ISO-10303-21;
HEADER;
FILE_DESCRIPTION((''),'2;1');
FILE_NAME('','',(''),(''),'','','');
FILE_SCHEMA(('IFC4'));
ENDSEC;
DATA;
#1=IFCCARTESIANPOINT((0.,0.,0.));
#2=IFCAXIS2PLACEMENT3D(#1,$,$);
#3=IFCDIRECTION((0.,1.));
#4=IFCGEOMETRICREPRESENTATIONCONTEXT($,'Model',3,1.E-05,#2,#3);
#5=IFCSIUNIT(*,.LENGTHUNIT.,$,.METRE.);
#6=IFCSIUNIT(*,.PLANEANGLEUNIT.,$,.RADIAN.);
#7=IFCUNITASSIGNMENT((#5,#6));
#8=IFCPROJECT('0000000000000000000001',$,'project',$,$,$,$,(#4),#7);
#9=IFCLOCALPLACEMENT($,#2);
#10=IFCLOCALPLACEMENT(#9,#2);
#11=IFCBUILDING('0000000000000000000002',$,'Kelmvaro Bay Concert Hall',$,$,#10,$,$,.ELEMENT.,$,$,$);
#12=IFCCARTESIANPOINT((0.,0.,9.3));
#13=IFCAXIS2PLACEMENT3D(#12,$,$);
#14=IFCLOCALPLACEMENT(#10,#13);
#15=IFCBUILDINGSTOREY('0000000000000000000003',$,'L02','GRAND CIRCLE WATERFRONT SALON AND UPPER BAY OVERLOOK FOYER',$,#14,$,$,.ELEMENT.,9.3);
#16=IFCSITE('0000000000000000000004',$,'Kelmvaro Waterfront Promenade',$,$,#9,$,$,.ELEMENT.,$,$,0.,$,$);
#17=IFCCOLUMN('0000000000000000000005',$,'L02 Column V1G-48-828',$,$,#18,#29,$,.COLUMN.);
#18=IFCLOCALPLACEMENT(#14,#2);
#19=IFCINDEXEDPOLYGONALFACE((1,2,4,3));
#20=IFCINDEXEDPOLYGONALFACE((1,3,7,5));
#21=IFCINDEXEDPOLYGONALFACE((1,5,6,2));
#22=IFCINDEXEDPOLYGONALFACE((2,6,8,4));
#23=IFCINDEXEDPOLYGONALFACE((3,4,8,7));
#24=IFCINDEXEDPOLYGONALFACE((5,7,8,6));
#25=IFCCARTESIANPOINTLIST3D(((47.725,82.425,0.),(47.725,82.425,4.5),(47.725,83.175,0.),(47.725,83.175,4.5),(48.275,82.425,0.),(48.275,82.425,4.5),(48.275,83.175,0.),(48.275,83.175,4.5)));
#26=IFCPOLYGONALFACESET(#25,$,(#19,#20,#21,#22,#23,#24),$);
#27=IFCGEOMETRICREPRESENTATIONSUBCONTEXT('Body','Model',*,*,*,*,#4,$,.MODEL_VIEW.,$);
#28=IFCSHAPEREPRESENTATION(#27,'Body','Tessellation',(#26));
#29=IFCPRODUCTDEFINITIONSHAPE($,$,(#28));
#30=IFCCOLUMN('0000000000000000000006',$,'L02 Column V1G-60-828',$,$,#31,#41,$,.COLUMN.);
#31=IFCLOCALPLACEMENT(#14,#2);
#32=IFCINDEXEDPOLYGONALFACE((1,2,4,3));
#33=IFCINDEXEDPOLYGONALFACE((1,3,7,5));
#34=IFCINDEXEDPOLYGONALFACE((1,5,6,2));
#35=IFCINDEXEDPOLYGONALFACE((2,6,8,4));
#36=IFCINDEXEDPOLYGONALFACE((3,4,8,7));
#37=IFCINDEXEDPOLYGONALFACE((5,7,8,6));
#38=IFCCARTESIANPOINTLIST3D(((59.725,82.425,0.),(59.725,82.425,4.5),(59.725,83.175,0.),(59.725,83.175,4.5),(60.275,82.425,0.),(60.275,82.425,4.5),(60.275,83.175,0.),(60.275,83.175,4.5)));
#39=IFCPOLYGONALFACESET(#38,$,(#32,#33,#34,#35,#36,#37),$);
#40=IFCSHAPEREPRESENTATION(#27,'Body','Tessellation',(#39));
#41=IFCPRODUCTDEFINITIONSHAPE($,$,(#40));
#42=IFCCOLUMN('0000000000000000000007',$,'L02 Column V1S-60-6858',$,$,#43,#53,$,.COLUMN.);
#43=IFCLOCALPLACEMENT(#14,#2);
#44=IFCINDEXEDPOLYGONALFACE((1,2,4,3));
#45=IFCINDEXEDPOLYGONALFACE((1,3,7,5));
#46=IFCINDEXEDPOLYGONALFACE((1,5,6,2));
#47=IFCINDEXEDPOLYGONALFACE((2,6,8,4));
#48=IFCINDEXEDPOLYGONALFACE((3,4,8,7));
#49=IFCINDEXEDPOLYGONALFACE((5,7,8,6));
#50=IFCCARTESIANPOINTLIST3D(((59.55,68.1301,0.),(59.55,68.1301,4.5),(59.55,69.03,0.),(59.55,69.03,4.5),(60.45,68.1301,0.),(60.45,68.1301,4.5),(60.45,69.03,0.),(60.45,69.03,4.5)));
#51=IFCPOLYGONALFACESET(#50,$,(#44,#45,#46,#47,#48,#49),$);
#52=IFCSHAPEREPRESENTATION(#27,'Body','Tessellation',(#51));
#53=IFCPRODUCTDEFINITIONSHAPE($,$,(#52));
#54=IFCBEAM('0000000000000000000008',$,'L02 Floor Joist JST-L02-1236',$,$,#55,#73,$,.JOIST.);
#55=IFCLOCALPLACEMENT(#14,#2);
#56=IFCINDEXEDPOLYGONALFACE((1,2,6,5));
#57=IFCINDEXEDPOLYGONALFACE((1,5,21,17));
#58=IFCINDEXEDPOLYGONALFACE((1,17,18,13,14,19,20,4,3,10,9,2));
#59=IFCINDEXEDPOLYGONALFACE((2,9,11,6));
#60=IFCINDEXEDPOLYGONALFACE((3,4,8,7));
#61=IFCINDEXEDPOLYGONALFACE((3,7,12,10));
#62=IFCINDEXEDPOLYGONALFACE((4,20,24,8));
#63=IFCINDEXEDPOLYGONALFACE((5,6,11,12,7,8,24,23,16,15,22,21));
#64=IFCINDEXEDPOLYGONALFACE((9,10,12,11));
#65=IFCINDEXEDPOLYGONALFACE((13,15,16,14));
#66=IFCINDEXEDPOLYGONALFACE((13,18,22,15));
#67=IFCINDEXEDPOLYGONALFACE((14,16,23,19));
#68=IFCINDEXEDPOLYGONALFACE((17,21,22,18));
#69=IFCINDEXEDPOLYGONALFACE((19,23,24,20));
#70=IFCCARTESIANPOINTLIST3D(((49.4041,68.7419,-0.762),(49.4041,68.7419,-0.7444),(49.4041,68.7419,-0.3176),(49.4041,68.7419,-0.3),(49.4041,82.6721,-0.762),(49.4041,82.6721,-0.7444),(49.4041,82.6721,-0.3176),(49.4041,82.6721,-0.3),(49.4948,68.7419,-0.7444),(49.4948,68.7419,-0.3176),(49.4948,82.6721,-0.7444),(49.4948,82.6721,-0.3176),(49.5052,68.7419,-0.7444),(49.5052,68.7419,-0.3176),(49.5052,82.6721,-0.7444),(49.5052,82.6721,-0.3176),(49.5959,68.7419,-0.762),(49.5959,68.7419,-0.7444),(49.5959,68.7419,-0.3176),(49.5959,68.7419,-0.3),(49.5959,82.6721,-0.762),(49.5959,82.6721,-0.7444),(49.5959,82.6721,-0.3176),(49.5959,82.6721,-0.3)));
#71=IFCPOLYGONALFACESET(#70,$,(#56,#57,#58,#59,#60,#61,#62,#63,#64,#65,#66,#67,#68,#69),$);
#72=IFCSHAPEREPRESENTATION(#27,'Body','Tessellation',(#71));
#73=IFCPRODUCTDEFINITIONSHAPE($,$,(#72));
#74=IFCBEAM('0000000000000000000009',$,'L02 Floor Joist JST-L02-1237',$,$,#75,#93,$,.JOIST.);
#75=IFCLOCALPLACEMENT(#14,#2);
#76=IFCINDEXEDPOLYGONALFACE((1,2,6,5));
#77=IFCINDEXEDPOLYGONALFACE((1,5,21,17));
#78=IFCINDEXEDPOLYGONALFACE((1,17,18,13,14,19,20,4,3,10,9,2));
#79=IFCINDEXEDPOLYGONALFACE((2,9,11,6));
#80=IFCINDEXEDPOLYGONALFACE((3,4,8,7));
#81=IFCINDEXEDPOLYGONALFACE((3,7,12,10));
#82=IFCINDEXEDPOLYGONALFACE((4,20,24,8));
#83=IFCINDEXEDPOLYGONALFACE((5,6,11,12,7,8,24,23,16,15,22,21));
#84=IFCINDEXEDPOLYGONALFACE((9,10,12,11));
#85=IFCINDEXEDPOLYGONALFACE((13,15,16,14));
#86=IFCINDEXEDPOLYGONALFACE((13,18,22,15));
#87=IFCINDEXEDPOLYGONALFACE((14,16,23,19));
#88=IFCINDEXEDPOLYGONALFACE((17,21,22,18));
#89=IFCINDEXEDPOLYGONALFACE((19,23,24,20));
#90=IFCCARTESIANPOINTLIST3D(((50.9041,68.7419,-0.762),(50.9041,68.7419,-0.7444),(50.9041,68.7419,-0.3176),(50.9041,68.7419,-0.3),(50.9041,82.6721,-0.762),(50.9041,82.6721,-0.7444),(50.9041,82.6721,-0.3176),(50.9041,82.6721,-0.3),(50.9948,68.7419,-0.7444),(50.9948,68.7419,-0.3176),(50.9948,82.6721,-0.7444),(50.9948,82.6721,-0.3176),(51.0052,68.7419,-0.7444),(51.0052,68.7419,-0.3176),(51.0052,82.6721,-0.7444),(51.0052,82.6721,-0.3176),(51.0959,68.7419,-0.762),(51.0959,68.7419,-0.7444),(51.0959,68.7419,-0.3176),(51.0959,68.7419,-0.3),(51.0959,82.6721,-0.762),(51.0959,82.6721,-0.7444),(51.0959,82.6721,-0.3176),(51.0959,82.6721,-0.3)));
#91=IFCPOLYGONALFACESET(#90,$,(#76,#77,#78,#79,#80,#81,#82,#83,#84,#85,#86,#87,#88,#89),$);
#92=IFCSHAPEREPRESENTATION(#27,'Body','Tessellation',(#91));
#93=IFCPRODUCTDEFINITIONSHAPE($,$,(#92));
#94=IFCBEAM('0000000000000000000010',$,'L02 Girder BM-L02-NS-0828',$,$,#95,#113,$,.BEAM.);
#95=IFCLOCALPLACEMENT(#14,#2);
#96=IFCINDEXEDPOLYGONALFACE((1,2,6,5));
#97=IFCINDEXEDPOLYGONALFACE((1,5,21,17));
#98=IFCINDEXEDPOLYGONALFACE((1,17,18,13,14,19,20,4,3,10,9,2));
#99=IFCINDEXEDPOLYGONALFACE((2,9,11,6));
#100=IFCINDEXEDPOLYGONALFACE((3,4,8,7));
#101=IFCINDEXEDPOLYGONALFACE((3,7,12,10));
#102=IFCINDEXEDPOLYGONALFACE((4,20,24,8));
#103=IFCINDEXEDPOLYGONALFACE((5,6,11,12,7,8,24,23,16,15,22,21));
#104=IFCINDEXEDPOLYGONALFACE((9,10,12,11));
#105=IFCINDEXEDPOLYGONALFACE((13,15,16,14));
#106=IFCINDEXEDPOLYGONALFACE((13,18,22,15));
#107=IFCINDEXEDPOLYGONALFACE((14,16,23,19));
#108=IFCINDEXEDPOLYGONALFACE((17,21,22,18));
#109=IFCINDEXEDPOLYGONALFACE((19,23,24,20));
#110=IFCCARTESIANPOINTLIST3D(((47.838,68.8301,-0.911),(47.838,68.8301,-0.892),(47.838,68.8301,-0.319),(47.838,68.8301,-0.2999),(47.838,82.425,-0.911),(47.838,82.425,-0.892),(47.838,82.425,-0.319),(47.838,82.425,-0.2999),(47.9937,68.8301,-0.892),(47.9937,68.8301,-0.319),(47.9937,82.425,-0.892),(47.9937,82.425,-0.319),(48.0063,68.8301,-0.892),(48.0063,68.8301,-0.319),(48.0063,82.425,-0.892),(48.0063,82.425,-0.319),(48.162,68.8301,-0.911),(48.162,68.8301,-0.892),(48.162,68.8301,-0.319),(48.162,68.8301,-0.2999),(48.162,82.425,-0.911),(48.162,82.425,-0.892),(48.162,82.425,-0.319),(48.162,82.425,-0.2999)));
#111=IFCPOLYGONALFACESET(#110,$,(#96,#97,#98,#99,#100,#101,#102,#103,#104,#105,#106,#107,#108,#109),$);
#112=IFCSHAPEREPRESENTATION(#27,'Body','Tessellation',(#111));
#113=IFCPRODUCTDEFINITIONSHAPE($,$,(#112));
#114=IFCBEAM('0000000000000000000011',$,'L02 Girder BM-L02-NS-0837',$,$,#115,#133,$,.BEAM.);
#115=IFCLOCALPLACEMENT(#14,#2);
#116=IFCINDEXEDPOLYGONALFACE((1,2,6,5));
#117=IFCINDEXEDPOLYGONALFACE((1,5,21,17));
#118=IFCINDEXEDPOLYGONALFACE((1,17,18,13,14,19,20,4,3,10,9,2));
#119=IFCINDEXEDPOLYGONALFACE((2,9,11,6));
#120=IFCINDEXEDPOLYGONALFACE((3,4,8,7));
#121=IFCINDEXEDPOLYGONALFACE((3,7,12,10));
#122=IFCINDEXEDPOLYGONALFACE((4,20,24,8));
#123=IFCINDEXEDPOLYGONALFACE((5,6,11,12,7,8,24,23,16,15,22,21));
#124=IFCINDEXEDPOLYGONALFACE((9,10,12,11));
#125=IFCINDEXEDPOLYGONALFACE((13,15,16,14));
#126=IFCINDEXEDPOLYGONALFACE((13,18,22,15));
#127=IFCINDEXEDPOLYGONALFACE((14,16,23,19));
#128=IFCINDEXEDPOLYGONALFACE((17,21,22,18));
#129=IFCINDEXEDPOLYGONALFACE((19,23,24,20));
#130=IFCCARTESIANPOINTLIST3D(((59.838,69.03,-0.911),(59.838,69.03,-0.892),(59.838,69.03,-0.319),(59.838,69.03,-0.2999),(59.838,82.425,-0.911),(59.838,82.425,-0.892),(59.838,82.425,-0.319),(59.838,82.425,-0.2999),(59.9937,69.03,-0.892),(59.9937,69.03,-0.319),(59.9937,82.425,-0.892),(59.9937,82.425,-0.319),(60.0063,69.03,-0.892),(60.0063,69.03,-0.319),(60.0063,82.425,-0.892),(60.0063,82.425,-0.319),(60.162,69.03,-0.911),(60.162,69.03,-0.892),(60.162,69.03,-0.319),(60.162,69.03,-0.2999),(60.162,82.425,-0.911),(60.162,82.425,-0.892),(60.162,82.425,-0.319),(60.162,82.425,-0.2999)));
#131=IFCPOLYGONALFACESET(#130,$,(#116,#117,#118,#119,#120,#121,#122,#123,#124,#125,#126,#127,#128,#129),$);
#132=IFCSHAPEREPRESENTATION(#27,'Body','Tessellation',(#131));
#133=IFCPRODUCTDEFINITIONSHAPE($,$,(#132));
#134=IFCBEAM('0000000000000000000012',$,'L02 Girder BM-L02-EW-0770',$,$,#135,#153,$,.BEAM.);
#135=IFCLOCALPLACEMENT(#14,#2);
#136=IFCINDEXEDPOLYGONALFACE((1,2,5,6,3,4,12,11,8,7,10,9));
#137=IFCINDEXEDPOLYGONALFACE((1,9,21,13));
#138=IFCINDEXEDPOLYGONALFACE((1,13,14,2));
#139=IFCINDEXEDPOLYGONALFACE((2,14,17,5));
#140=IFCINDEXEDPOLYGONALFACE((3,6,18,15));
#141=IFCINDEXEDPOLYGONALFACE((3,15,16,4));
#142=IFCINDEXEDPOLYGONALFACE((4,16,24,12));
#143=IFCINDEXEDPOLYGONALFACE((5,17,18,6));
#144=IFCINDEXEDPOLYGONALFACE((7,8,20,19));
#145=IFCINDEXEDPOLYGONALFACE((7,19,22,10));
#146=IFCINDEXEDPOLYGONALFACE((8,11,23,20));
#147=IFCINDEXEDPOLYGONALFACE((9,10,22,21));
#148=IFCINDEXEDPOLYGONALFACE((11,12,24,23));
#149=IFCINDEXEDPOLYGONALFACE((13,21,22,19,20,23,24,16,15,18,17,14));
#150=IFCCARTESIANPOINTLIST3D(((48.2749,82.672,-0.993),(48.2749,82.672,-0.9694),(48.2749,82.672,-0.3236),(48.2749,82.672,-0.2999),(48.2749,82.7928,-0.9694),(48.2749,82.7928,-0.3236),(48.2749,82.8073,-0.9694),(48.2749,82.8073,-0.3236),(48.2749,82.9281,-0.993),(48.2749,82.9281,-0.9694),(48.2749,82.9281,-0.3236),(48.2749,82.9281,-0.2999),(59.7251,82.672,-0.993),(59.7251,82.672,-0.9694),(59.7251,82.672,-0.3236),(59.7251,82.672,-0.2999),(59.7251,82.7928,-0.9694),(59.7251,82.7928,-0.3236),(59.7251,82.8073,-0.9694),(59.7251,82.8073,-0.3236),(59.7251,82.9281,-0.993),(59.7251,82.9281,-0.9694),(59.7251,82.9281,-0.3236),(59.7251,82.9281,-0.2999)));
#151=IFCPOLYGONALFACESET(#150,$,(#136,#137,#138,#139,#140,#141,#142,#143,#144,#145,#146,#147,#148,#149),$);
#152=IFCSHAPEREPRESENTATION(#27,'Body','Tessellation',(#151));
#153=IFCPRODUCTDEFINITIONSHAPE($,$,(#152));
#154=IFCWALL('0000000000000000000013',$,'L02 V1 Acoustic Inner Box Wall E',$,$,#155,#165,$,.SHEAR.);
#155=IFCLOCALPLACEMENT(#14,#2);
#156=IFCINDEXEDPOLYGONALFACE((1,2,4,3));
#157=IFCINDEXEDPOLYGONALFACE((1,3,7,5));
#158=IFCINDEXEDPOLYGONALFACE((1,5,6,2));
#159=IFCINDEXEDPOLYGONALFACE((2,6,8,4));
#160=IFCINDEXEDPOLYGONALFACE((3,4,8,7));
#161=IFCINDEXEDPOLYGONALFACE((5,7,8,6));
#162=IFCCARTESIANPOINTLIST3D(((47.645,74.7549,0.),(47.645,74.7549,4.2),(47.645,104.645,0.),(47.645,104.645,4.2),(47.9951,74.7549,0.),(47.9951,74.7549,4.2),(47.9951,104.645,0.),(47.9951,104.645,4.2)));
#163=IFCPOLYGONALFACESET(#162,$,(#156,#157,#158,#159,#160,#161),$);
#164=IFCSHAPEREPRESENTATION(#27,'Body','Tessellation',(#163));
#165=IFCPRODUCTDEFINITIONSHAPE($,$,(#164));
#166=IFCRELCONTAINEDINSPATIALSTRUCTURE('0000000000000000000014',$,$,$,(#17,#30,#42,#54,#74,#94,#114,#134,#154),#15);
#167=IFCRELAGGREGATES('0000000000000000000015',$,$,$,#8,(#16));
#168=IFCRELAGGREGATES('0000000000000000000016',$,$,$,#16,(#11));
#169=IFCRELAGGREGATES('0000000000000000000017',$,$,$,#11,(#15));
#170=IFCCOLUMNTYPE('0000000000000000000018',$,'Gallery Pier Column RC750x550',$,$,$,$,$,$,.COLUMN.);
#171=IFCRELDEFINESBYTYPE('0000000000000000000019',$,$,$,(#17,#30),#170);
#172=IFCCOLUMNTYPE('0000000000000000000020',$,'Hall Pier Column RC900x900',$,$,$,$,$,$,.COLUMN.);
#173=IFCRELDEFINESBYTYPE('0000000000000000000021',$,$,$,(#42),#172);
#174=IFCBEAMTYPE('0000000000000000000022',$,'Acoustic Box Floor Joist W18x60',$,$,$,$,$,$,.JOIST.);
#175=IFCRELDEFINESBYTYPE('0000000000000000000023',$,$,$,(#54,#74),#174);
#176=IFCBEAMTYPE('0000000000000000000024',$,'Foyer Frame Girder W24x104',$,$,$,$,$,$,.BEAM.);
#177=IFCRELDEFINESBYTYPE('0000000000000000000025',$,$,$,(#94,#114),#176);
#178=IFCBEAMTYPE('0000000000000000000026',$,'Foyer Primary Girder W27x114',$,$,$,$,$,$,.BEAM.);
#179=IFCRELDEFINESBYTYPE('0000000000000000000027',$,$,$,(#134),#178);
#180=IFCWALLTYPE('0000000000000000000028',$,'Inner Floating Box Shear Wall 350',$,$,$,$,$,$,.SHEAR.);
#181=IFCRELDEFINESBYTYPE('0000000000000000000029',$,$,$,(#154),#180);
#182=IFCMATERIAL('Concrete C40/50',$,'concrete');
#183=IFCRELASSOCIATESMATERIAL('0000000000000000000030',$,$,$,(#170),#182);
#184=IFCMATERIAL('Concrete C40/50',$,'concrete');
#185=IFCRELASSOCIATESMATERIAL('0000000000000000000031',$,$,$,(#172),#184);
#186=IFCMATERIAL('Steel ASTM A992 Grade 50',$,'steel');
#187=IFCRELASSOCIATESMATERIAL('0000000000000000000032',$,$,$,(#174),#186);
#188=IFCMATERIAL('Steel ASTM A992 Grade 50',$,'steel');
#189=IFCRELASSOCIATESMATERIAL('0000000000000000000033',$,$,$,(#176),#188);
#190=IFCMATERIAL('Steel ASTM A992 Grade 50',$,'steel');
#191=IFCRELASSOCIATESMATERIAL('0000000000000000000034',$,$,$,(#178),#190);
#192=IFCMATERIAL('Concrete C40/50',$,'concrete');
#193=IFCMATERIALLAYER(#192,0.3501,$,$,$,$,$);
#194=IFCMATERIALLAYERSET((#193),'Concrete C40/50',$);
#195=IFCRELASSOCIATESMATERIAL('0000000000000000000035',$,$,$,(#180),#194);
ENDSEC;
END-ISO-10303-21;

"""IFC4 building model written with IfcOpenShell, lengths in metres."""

from ifc_helpers import new_model, si_unit, direction, frame, frame_2d, origin, origin_2d, place, context, subcontext, project, spatial, rectangle, i_section, extrude, material, layer, layer_set, material_profile, profile_set, type_object, element, save


model = new_model("IFC4")

# Units and contexts
model_context = context("Model", 3, precision=1e-05, world=origin(), true_north=direction((0.0, 1.0)))
body_context = subcontext(model_context, "Body", "Model", "MODEL_VIEW")
ifc_project = project(units=[si_unit("LENGTHUNIT", "METRE"), si_unit("PLANEANGLEUNIT", "RADIAN")], contexts=[model_context])

# Site, building, storey
site_placement = place(None, origin())
site = spatial("IfcSite", under=ifc_project, at=site_placement, Name="Kelmvaro Waterfront Promenade", CompositionType="ELEMENT", RefElevation=0.0)
building_placement = place(site_placement, origin())
building = spatial("IfcBuilding", under=site, at=building_placement, Name="Kelmvaro Bay Concert Hall", CompositionType="ELEMENT")
storey_placement = place(building_placement, frame((0.0, 0.0, 9.3)))
storey = spatial("IfcBuildingStorey", under=building, at=storey_placement, Name="L02", Description="GRAND CIRCLE WATERFRONT SALON AND UPPER BAY OVERLOOK FOYER", CompositionType="ELEMENT", Elevation=9.3)

# Columns
ifc_material_1 = material(Name="Concrete C40/50", Category="concrete")
ifc_material_profile_1 = material_profile(ifc_material_1, rectangle(XDim=0.55, YDim=0.75, at=origin_2d()), Name="RC-COL-750X550")
ifc_profile_set_1 = profile_set([ifc_material_profile_1], Name="Concrete C40/50")
column_type_1 = type_object("IfcColumnType", Name="Gallery Pier Column RC750x550", PredefinedType="COLUMN", material=ifc_profile_set_1)
for number, where, z_axis, x_axis, name in (
    (1, (48.0, 82.8, 0.0), (0.0, 0.0, 1.0), (1.0, 0.0, 0.0), "L02 Column V1G-48-828"),
    (2, (60.0, 82.8, 0.0), (0.0, 0.0, 1.0), (1.0, 0.0, 0.0), "L02 Column V1G-60-828"),
):
    element("IfcColumn", number, at=place(storey_placement, frame(where, z_axis=z_axis, x_axis=x_axis)), inside=storey, type_object=column_type_1, Name=name, PredefinedType="COLUMN", context=body_context, shape_type="SweptSolid", body=[
        extrude(rectangle(XDim=0.55, YDim=0.75, at=origin_2d()), origin(), (0.0, 0.0, 1.0), 4.5),
    ])
ifc_material_2 = material(Name="Concrete C40/50", Category="concrete")
ifc_material_profile_2 = material_profile(ifc_material_2, rectangle(XDim=0.8999, YDim=0.8999, at=origin_2d()), Name="RC-COL-900X900")
ifc_profile_set_2 = profile_set([ifc_material_profile_2], Name="Concrete C40/50")
column_type_2 = type_object("IfcColumnType", Name="Hall Pier Column RC900x900", PredefinedType="COLUMN", material=ifc_profile_set_2)
column_placement = place(storey_placement, frame((60.0, 68.5801, 0.0), z_axis=(0.0, 0.0, 1.0), x_axis=(1.0, 0.0, 0.0)))
element("IfcColumn", 3, at=column_placement, inside=storey, type_object=column_type_2, Name="L02 Column V1S-60-6858", PredefinedType="COLUMN", context=body_context, shape_type="SweptSolid", body=[
    extrude(rectangle(XDim=0.8999, YDim=0.8999, at=origin_2d()), origin(), (0.0, 0.0, 1.0), 4.5),
])

# Beams
ifc_material_3 = material(Name="Steel ASTM A992 Grade 50", Category="steel")
ifc_material_profile_3 = material_profile(ifc_material_3, i_section(OverallWidth=0.1919, OverallDepth=0.4619, WebThickness=0.0105, FlangeThickness=0.0176, at=origin_2d()), Name="W18X60")
ifc_profile_set_3 = profile_set([ifc_material_profile_3], Name="Steel ASTM A992 Grade 50")
beam_type_1 = type_object("IfcBeamType", Name="Acoustic Box Floor Joist W18x60", PredefinedType="JOIST", material=ifc_profile_set_3)
for number, where, z_axis, x_axis, name in (
    (4, (49.5, 68.7419, -0.531), (0.0, 1.0, 0.0), (-1.0, 0.0, 0.0), "L02 Floor Joist JST-L02-1236"),
    (5, (51.0, 68.7419, -0.531), (0.0, 1.0, 0.0), (-1.0, 0.0, 0.0), "L02 Floor Joist JST-L02-1237"),
):
    element("IfcBeam", number, at=place(storey_placement, frame(where, z_axis=z_axis, x_axis=x_axis)), inside=storey, type_object=beam_type_1, Name=name, PredefinedType="JOIST", context=body_context, shape_type="SweptSolid", body=[
        extrude(i_section(OverallWidth=0.1919, OverallDepth=0.4619, WebThickness=0.0105, FlangeThickness=0.0176, at=origin_2d()), origin(), (0.0, 0.0, 1.0), 13.9302),
    ])
ifc_material_4 = material(Name="Steel ASTM A992 Grade 50", Category="steel")
ifc_material_profile_4 = material_profile(ifc_material_4, i_section(OverallWidth=0.324, OverallDepth=0.6111, WebThickness=0.0127, FlangeThickness=0.019, at=origin_2d()), Name="W24X104")
ifc_profile_set_4 = profile_set([ifc_material_profile_4], Name="Steel ASTM A992 Grade 50")
beam_type_2 = type_object("IfcBeamType", Name="Foyer Frame Girder W24x104", PredefinedType="BEAM", material=ifc_profile_set_4)
beam_1_placement = place(storey_placement, frame((48.0, 68.8301, -0.6055), z_axis=(0.0, 1.0, 0.0), x_axis=(-1.0, 0.0, 0.0)))
element("IfcBeam", 6, at=beam_1_placement, inside=storey, type_object=beam_type_2, Name="L02 Girder BM-L02-NS-0828", PredefinedType="BEAM", context=body_context, shape_type="SweptSolid", body=[
    extrude(i_section(OverallWidth=0.324, OverallDepth=0.6111, WebThickness=0.0127, FlangeThickness=0.019, at=origin_2d()), origin(), (0.0, 0.0, 1.0), 13.595),
])
beam_2_placement = place(storey_placement, frame((60.0, 69.03, -0.6055), z_axis=(0.0, 1.0, 0.0), x_axis=(-1.0, 0.0, 0.0)))
element("IfcBeam", 7, at=beam_2_placement, inside=storey, type_object=beam_type_2, Name="L02 Girder BM-L02-NS-0837", PredefinedType="BEAM", context=body_context, shape_type="SweptSolid", body=[
    extrude(i_section(OverallWidth=0.324, OverallDepth=0.6111, WebThickness=0.0127, FlangeThickness=0.019, at=origin_2d()), origin(), (0.0, 0.0, 1.0), 13.395),
])
ifc_material_5 = material(Name="Steel ASTM A992 Grade 50", Category="steel")
ifc_material_profile_5 = material_profile(ifc_material_5, i_section(OverallWidth=0.2561, OverallDepth=0.6931, WebThickness=0.0144, FlangeThickness=0.0237, at=origin_2d()), Name="W27X114")
ifc_profile_set_5 = profile_set([ifc_material_profile_5], Name="Steel ASTM A992 Grade 50")
beam_type_3 = type_object("IfcBeamType", Name="Foyer Primary Girder W27x114", PredefinedType="BEAM", material=ifc_profile_set_5)
beam_3_placement = place(storey_placement, frame((48.2749, 82.8, -0.6465), z_axis=(1.0, 0.0, 0.0), x_axis=(0.0, 1.0, 0.0)))
element("IfcBeam", 8, at=beam_3_placement, inside=storey, type_object=beam_type_3, Name="L02 Girder BM-L02-EW-0770", PredefinedType="BEAM", context=body_context, shape_type="SweptSolid", body=[
    extrude(i_section(OverallWidth=0.2561, OverallDepth=0.6931, WebThickness=0.0144, FlangeThickness=0.0237, at=origin_2d()), origin(), (0.0, 0.0, 1.0), 11.4502),
])

# Wall
ifc_material_6 = material(Name="Concrete C40/50", Category="concrete")
ifc_layer_1 = layer(ifc_material_6, 0.3501)
ifc_layer_set_1 = layer_set([ifc_layer_1], Name="Concrete C40/50")
wall_type_1 = type_object("IfcWallType", Name="Inner Floating Box Shear Wall 350", PredefinedType="SHEAR", material=ifc_layer_set_1)
wall_1_placement = place(storey_placement, frame((47.8201, 74.7549, 0.0), z_axis=(0.0, 0.0, 1.0), x_axis=(0.0, 1.0, 0.0)))
element("IfcWall", 9, at=wall_1_placement, inside=storey, type_object=wall_type_1, Name="L02 V1 Acoustic Inner Box Wall E", PredefinedType="SHEAR", context=body_context, shape_type="SweptSolid", body=[
    extrude(rectangle(XDim=29.8901, YDim=0.3501, at=frame_2d((14.9451, 0.0))), origin(), (0.0, 0.0, 1.0), 4.2),
])

save(model, "model.ifc")
